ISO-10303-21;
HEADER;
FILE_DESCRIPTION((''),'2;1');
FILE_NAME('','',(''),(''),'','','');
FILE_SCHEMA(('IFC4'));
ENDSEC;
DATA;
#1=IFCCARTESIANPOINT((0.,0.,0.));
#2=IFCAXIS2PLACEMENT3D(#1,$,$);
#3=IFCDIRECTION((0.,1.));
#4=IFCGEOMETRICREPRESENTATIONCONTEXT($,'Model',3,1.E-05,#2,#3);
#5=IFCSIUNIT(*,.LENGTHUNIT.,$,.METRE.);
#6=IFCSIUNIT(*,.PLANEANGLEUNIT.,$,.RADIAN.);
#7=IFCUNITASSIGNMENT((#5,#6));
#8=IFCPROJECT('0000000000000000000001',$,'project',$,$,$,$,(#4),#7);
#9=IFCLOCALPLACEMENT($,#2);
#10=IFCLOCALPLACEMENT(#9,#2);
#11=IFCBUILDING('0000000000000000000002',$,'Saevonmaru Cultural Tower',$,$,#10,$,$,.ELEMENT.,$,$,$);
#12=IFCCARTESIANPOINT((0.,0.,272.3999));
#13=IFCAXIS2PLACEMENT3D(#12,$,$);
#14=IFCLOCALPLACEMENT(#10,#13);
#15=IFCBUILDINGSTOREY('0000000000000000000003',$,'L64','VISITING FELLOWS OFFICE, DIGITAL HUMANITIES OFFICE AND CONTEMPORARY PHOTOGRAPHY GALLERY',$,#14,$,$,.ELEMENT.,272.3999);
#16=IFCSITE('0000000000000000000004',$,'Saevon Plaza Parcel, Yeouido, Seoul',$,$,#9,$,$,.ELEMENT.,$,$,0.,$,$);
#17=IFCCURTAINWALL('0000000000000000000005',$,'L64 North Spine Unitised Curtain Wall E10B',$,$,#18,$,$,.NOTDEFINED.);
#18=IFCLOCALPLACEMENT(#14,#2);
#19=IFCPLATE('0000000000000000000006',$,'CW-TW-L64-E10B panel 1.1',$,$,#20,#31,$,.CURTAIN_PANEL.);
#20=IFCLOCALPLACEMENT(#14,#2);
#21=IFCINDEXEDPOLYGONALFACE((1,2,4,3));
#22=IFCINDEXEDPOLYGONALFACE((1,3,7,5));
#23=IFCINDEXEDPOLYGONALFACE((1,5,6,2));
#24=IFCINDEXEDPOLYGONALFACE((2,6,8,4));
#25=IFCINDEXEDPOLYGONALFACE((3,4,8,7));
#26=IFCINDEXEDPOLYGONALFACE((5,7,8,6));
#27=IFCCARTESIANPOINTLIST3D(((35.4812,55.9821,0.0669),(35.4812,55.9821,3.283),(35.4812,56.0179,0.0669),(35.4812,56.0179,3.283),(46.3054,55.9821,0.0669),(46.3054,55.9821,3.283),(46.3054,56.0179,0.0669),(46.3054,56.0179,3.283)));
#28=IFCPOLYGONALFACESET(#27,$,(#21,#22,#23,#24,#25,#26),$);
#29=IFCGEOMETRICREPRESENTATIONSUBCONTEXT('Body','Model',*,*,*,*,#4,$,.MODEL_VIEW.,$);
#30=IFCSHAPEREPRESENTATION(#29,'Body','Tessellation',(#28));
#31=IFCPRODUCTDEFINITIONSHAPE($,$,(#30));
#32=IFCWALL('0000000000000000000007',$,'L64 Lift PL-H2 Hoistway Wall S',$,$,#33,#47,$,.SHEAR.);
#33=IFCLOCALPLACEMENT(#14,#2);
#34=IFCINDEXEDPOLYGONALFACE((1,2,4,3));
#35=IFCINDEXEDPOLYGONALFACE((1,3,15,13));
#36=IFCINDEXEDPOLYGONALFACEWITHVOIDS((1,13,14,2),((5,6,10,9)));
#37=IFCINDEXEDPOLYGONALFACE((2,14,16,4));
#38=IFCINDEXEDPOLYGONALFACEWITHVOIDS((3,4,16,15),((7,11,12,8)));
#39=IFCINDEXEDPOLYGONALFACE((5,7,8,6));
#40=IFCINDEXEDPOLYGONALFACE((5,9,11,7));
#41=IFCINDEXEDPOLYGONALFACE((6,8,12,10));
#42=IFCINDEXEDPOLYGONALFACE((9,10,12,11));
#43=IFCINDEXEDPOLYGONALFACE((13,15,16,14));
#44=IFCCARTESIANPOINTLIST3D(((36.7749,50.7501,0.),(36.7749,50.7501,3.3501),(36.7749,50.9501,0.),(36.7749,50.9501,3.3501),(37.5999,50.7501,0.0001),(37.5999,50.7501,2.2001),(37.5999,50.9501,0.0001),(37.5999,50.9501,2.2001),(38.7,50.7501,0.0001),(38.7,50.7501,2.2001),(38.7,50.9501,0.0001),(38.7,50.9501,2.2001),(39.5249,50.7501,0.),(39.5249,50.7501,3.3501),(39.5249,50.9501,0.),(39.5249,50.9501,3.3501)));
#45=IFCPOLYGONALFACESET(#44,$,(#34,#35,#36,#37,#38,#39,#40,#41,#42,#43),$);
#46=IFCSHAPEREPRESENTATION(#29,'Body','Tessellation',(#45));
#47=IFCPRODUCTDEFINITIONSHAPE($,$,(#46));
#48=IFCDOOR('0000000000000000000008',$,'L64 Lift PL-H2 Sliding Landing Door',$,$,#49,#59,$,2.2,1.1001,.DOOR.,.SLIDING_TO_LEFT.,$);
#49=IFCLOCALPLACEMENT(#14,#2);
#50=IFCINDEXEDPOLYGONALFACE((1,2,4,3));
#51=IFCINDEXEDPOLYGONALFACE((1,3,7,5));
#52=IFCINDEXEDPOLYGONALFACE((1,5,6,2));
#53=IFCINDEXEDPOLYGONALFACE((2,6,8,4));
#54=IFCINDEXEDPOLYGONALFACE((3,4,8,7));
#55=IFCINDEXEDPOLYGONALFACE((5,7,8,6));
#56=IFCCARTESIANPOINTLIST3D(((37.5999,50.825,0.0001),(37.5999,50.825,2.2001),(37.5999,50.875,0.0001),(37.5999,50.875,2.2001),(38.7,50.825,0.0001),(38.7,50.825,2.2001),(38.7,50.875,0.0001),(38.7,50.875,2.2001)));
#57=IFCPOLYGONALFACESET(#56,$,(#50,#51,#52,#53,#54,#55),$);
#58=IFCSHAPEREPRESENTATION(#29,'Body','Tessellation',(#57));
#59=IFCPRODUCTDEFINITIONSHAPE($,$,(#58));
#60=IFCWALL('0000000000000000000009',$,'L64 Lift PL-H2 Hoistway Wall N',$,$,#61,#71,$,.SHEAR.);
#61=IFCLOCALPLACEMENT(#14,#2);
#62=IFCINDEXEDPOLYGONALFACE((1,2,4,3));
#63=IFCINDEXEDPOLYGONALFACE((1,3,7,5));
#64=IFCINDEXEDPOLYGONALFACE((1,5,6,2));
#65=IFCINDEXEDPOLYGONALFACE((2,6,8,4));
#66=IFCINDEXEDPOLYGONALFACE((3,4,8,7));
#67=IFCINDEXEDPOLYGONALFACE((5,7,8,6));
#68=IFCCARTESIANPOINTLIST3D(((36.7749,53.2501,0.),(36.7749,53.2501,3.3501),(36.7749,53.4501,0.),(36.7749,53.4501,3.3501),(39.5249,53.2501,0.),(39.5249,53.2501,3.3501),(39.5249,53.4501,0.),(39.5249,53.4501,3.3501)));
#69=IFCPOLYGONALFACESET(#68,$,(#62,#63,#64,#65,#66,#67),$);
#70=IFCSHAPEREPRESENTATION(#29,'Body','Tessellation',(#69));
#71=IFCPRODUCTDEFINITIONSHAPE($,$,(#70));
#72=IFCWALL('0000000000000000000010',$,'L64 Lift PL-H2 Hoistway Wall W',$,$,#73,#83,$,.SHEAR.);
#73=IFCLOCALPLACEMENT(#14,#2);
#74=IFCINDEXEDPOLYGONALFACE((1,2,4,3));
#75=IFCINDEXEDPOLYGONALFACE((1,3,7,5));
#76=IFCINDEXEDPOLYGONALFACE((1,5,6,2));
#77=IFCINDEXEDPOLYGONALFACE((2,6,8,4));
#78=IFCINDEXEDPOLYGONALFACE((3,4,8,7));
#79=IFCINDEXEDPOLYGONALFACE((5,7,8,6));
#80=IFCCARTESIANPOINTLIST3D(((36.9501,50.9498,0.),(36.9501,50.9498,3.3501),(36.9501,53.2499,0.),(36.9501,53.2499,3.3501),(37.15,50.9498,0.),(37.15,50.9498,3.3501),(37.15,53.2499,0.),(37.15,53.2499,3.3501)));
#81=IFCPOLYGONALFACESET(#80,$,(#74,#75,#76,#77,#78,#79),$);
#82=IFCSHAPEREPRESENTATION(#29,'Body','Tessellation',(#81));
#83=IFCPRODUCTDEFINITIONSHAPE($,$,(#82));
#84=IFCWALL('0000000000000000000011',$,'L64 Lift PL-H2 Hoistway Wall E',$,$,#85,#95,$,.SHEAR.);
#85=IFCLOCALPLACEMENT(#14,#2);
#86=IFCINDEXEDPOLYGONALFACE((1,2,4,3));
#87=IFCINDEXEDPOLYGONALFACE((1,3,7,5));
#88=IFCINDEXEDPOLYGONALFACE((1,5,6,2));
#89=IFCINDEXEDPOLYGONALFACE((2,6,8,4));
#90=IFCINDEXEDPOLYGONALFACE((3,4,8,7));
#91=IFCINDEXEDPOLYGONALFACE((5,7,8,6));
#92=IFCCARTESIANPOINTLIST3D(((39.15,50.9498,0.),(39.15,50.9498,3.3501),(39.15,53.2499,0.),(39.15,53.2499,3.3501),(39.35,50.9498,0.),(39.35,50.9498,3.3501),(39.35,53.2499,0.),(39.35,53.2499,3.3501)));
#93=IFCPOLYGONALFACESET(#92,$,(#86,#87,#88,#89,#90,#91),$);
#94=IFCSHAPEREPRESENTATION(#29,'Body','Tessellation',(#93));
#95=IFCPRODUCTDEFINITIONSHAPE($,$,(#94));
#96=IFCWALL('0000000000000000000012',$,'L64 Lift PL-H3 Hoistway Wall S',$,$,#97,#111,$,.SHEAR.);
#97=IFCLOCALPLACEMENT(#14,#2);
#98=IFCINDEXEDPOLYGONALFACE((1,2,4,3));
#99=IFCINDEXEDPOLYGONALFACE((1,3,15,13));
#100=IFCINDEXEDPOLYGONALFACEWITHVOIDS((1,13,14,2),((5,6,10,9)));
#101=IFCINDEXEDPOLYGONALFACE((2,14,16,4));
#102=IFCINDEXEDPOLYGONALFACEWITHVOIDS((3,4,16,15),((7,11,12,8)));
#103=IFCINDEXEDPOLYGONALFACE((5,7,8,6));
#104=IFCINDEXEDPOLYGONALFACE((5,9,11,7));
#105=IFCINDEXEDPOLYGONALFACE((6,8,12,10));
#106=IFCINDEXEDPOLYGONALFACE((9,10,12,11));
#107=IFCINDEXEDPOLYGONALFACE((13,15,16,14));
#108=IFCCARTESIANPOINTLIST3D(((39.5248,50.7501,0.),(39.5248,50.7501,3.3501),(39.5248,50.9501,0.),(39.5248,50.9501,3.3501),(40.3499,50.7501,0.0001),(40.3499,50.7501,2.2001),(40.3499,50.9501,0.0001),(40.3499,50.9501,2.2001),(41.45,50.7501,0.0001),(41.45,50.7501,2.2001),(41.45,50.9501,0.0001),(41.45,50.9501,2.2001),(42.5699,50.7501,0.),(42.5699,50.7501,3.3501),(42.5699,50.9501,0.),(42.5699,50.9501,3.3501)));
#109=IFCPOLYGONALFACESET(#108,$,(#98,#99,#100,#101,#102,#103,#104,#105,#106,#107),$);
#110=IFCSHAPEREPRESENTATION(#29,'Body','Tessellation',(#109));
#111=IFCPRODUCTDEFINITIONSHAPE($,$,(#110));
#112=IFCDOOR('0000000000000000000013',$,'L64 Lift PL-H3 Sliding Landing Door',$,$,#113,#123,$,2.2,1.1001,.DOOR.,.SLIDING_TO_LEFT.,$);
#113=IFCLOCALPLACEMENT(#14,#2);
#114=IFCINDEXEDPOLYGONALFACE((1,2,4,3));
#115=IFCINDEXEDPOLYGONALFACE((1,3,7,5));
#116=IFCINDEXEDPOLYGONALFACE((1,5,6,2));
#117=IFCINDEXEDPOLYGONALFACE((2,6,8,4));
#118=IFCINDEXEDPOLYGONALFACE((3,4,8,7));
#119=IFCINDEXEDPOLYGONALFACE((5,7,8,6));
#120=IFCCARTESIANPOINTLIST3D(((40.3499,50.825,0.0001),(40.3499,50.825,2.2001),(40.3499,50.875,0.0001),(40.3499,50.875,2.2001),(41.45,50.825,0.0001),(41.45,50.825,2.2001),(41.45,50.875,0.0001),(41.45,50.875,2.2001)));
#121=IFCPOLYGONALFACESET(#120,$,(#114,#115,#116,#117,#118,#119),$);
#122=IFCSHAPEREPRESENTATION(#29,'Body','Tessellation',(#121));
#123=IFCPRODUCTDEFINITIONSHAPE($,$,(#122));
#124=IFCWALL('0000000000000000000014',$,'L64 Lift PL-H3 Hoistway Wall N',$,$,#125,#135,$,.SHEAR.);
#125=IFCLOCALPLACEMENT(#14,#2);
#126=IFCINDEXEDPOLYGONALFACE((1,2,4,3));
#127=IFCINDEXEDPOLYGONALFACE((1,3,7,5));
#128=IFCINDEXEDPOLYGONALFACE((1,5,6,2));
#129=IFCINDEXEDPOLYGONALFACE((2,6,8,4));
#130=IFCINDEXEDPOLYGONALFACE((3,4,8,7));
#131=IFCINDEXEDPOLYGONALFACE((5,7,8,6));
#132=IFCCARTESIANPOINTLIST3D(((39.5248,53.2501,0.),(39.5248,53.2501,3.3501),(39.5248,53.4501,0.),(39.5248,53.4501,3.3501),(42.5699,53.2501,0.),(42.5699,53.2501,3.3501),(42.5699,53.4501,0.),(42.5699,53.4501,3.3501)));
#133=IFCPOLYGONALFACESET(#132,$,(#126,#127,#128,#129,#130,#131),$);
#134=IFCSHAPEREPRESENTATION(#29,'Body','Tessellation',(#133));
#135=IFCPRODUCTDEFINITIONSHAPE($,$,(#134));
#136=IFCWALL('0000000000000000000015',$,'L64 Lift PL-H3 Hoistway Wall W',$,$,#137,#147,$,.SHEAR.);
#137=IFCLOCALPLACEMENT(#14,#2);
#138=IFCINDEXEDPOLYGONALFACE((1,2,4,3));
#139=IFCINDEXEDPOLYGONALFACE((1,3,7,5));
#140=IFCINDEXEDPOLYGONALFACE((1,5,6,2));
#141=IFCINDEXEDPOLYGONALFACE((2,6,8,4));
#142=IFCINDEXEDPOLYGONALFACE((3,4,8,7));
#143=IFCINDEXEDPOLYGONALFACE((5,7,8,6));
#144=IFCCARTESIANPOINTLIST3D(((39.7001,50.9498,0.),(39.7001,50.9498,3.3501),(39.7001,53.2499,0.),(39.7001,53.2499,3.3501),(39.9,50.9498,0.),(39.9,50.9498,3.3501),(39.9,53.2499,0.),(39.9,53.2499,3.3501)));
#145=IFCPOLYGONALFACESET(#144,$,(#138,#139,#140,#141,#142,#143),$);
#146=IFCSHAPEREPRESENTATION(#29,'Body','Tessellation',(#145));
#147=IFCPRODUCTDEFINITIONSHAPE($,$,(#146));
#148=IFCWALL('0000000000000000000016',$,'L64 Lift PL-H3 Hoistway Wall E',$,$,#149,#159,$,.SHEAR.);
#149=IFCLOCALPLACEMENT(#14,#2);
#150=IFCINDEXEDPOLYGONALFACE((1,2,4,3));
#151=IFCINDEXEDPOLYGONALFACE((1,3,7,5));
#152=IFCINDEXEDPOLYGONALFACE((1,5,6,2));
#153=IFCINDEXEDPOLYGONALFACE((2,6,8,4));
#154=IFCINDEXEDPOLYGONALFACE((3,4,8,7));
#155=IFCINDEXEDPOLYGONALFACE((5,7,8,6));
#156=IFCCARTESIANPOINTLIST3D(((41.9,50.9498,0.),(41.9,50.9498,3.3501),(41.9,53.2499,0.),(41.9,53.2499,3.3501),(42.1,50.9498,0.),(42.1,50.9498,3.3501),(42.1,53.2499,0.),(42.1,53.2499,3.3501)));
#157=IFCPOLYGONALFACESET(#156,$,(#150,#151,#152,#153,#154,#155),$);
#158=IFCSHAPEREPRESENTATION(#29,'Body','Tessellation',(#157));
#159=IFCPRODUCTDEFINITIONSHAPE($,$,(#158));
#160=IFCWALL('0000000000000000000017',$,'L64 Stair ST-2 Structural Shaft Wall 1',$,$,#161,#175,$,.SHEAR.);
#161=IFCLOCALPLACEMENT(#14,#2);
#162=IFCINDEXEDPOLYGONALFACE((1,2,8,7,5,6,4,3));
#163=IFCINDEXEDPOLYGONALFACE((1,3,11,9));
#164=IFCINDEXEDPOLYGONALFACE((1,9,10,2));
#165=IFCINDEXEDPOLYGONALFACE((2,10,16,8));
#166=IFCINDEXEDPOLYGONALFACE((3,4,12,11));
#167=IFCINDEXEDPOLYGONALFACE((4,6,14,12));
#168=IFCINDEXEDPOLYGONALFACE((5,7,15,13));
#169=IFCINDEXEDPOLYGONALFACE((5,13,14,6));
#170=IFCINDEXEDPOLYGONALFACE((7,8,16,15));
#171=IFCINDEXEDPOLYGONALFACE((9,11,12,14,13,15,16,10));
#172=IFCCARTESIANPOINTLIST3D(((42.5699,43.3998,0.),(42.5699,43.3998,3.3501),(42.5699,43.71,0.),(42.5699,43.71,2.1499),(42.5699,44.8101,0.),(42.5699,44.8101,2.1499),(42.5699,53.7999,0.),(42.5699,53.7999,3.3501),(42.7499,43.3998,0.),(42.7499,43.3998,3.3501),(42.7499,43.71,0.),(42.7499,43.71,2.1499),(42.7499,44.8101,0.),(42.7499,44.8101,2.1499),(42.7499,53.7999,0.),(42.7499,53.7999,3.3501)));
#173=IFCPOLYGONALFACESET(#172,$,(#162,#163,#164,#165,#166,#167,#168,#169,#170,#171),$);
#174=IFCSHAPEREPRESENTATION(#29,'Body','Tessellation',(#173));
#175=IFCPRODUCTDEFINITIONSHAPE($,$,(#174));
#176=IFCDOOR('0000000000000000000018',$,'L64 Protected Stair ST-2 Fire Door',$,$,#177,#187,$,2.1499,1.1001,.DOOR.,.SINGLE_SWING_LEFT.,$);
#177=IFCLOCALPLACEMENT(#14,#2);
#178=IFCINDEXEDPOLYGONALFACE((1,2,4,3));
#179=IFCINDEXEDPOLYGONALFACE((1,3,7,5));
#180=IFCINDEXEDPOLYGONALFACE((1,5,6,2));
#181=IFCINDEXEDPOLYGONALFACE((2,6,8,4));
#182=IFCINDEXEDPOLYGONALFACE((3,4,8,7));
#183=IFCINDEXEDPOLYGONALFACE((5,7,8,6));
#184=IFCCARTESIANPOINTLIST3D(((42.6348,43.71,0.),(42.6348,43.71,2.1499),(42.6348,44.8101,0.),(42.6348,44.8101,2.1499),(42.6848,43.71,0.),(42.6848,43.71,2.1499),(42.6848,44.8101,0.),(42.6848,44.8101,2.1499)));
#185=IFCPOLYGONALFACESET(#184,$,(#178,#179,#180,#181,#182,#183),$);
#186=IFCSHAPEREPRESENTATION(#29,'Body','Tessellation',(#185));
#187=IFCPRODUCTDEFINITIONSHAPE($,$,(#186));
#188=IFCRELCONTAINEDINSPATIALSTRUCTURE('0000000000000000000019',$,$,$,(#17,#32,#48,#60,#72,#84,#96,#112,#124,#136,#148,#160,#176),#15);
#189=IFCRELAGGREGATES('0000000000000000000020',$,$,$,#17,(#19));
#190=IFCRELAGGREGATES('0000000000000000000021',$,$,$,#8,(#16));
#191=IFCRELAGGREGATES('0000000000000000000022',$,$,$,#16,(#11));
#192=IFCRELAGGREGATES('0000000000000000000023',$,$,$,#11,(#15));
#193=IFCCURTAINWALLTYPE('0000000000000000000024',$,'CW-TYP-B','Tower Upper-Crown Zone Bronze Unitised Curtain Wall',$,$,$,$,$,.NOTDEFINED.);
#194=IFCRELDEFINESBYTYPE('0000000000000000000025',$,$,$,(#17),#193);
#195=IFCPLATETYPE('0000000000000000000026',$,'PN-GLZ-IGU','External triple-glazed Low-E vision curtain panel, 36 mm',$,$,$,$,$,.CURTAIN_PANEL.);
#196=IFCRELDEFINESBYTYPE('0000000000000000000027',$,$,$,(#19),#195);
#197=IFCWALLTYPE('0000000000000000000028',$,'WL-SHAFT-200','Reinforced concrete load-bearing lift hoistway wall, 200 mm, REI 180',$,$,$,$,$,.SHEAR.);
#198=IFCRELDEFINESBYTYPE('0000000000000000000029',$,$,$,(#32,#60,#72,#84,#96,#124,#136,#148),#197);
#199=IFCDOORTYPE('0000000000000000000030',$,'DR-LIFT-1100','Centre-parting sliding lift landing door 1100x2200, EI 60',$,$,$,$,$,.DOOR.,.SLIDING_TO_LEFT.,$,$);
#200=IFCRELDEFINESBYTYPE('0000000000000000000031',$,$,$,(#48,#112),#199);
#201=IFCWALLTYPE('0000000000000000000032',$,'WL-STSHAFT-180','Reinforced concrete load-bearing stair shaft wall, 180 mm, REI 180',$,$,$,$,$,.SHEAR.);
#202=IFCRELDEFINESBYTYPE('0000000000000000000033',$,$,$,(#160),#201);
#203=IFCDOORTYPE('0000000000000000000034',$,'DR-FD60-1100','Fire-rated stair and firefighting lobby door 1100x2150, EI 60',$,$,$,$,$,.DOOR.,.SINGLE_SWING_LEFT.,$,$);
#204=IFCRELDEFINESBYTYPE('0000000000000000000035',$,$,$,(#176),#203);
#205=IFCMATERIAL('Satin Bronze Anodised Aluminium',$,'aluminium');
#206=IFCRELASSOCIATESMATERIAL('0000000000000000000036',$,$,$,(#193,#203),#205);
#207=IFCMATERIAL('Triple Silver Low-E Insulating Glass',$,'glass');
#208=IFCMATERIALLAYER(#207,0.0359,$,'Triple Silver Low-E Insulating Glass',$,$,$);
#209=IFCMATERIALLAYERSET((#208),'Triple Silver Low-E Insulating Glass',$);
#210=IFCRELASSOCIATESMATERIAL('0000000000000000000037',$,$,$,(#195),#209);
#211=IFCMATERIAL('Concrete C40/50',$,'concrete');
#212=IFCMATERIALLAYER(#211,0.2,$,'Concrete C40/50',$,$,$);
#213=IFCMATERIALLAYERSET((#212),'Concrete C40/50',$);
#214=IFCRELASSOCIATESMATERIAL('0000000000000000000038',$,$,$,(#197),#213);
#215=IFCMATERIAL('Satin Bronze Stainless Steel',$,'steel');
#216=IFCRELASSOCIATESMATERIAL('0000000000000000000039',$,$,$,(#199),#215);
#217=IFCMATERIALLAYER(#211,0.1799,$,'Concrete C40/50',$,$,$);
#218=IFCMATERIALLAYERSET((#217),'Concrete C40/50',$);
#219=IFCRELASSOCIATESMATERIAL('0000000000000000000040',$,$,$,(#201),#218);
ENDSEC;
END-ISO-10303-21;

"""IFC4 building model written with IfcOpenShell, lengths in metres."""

from ifc_helpers import new_model, si_unit, direction, frame, frame_2d, origin, origin_2d, place, context, subcontext, project, spatial, rectangle, extrude, material, layer, layer_set, type_object, element, fill, aggregate, save


model = new_model("IFC4")

# Units and contexts
model_context = context("Model", 3, precision=1e-05, world=origin(), true_north=direction((0.0, 1.0)))
body_context = subcontext(model_context, "Body", "Model", "MODEL_VIEW")
ifc_project = project(units=[si_unit("LENGTHUNIT", "METRE"), si_unit("PLANEANGLEUNIT", "RADIAN")], contexts=[model_context])

# Site, building, storey
site_placement = place(None, origin())
site = spatial("IfcSite", under=ifc_project, at=site_placement, Name="Saevon Plaza Parcel, Yeouido, Seoul", CompositionType="ELEMENT", RefElevation=0.0)
building_placement = place(site_placement, origin())
building = spatial("IfcBuilding", under=site, at=building_placement, Name="Saevonmaru Cultural Tower", CompositionType="ELEMENT")
storey_placement = place(building_placement, frame((0.0, 0.0, 272.3999)))
storey = spatial("IfcBuildingStorey", under=building, at=storey_placement, Name="L64", Description="VISITING FELLOWS OFFICE, DIGITAL HUMANITIES OFFICE AND CONTEMPORARY PHOTOGRAPHY GALLERY", CompositionType="ELEMENT", Elevation=272.3999)

# Curtain wall, plate
ifc_material_1 = material(Name="Satin Bronze Anodised Aluminium", Category="aluminium")
curtain_wall_type = type_object("IfcCurtainWallType", Name="CW-TYP-B", Description="Tower Upper-Crown Zone Bronze Unitised Curtain Wall", PredefinedType="NOTDEFINED", material=ifc_material_1)
curtain_wall_placement = place(storey_placement, origin())
curtain_wall = element("IfcCurtainWall", 1, at=curtain_wall_placement, inside=storey, type_object=curtain_wall_type, Name="L64 North Spine Unitised Curtain Wall E10B", PredefinedType="NOTDEFINED")
ifc_material_2 = material(Name="Triple Silver Low-E Insulating Glass", Category="glass")
ifc_layer_1 = layer(ifc_material_2, 0.0359, Name="Triple Silver Low-E Insulating Glass")
ifc_layer_set_1 = layer_set([ifc_layer_1], Name="Triple Silver Low-E Insulating Glass")
plate_type = type_object("IfcPlateType", Name="PN-GLZ-IGU", Description="External triple-glazed Low-E vision curtain panel, 36 mm", PredefinedType="CURTAIN_PANEL", material=ifc_layer_set_1)
plate_placement = place(storey_placement, frame((40.8933, 56.0, 0.0669), z_axis=(0.0, 0.0, 1.0), x_axis=(-1.0, 0.0, 0.0)))
plate = element("IfcPlate", 2, at=plate_placement, type_object=plate_type, Name="CW-TW-L64-E10B panel 1.1", PredefinedType="CURTAIN_PANEL", context=body_context, shape_type="SweptSolid", body=[
    extrude(rectangle(XDim=10.8242, YDim=0.0359, at=origin_2d()), origin(), (0.0, 0.0, 1.0), 3.2161),
])
aggregate(curtain_wall, [plate])

# Wall, opening, door
ifc_material_3 = material(Name="Concrete C40/50", Category="concrete")
ifc_layer_2 = layer(ifc_material_3, 0.2, Name="Concrete C40/50")
ifc_layer_set_2 = layer_set([ifc_layer_2], Name="Concrete C40/50")
wall_type_1 = type_object("IfcWallType", Name="WL-SHAFT-200", Description="Reinforced concrete load-bearing lift hoistway wall, 200 mm, REI 180", PredefinedType="SHEAR", material=ifc_layer_set_2)
wall_1_placement = place(storey_placement, frame((36.7749, 50.8501, 0.0), z_axis=(0.0, 0.0, 1.0), x_axis=(1.0, 0.0, 0.0)))
wall_1 = element("IfcWall", 3, at=wall_1_placement, inside=storey, type_object=wall_type_1, Name="L64 Lift PL-H2 Hoistway Wall S", PredefinedType="SHEAR", context=body_context, shape_type="SweptSolid", body=[
    extrude(rectangle(XDim=2.75, YDim=0.2, at=frame_2d((1.375, 0.0))), origin(), (0.0, 0.0, 1.0), 3.3501),
])
opening_1_placement = place(wall_1_placement, frame((0.825, 0.0, 0.0)))
opening_1 = element("IfcOpeningElement", 4, at=opening_1_placement, cuts=wall_1, PredefinedType="OPENING", context=body_context, shape_type="SweptSolid", body=[
    extrude(rectangle(XDim=1.1001, YDim=2.2, at=frame_2d((0.55, 1.1001))), frame((0.0, 0.1099, 0.0), z_axis=(0.0, -1.0, 0.0), x_axis=(1.0, 0.0, 0.0)), (0.0, 0.0, 1.0), 0.22),
])
ifc_material_4 = material(Name="Satin Bronze Stainless Steel", Category="steel")
door_type_1 = type_object("IfcDoorType", Name="DR-LIFT-1100", Description="Centre-parting sliding lift landing door 1100x2200, EI 60", OperationType="SLIDING_TO_LEFT", PredefinedType="DOOR", material=ifc_material_4)
door_1_placement = place(opening_1_placement, origin())
door_1 = element("IfcDoor", 5, at=door_1_placement, inside=storey, type_object=door_type_1, Name="L64 Lift PL-H2 Sliding Landing Door", OperationType="SLIDING_TO_LEFT", OverallHeight=2.2, OverallWidth=1.1001, PredefinedType="DOOR", context=body_context, shape_type="SweptSolid", body=[
    extrude(rectangle(XDim=1.1001, YDim=2.2, at=frame_2d((0.55, 1.1001))), frame((0.0, 0.0249, 0.0), z_axis=(0.0, -1.0, 0.0), x_axis=(1.0, 0.0, 0.0)), (0.0, 0.0, 1.0), 0.05),
])
fill(opening_1, door_1)

# Walls
wall_2_placement = place(storey_placement, frame((36.7749, 53.3501, 0.0), z_axis=(0.0, 0.0, 1.0), x_axis=(1.0, 0.0, 0.0)))
element("IfcWall", 6, at=wall_2_placement, inside=storey, type_object=wall_type_1, Name="L64 Lift PL-H2 Hoistway Wall N", PredefinedType="SHEAR", context=body_context, shape_type="SweptSolid", body=[
    extrude(rectangle(XDim=2.75, YDim=0.2, at=frame_2d((1.375, 0.0))), origin(), (0.0, 0.0, 1.0), 3.3501),
])
for number, where, z_axis, x_axis, name in (
    (7, (37.05, 50.95, 0.0), (0.0, 0.0, 1.0), (0.0, 1.0, 0.0), "L64 Lift PL-H2 Hoistway Wall W"),
    (8, (39.25, 50.95, 0.0), (0.0, 0.0, 1.0), (0.0, 1.0, 0.0), "L64 Lift PL-H2 Hoistway Wall E"),
):
    element("IfcWall", number, at=place(storey_placement, frame(where, z_axis=z_axis, x_axis=x_axis)), inside=storey, type_object=wall_type_1, Name=name, PredefinedType="SHEAR", context=body_context, shape_type="SweptSolid", body=[
        extrude(rectangle(XDim=2.3, YDim=0.2, at=frame_2d((1.1499, 0.0))), origin(), (0.0, 0.0, 1.0), 3.3501),
    ])

# Wall, opening, door
wall_3_placement = place(storey_placement, frame((39.5249, 50.8501, 0.0), z_axis=(0.0, 0.0, 1.0), x_axis=(1.0, 0.0, 0.0)))
wall_3 = element("IfcWall", 9, at=wall_3_placement, inside=storey, type_object=wall_type_1, Name="L64 Lift PL-H3 Hoistway Wall S", PredefinedType="SHEAR", context=body_context, shape_type="SweptSolid", body=[
    extrude(rectangle(XDim=3.0452, YDim=0.2, at=frame_2d((1.5225, 0.0))), origin(), (0.0, 0.0, 1.0), 3.3501),
])
opening_2_placement = place(wall_3_placement, frame((0.825, 0.0, 0.0)))
opening_2 = element("IfcOpeningElement", 10, at=opening_2_placement, cuts=wall_3, PredefinedType="OPENING", context=body_context, shape_type="SweptSolid", body=[
    extrude(rectangle(XDim=1.1001, YDim=2.2, at=frame_2d((0.55, 1.1001))), frame((0.0, 0.1099, 0.0), z_axis=(0.0, -1.0, 0.0), x_axis=(1.0, 0.0, 0.0)), (0.0, 0.0, 1.0), 0.22),
])
door_2_placement = place(opening_2_placement, origin())
door_2 = element("IfcDoor", 11, at=door_2_placement, inside=storey, type_object=door_type_1, Name="L64 Lift PL-H3 Sliding Landing Door", OperationType="SLIDING_TO_LEFT", OverallHeight=2.2, OverallWidth=1.1001, PredefinedType="DOOR", context=body_context, shape_type="SweptSolid", body=[
    extrude(rectangle(XDim=1.1001, YDim=2.2, at=frame_2d((0.55, 1.1001))), frame((0.0, 0.0249, 0.0), z_axis=(0.0, -1.0, 0.0), x_axis=(1.0, 0.0, 0.0)), (0.0, 0.0, 1.0), 0.05),
])
fill(opening_2, door_2)

# Walls
wall_4_placement = place(storey_placement, frame((39.5249, 53.3501, 0.0), z_axis=(0.0, 0.0, 1.0), x_axis=(1.0, 0.0, 0.0)))
element("IfcWall", 12, at=wall_4_placement, inside=storey, type_object=wall_type_1, Name="L64 Lift PL-H3 Hoistway Wall N", PredefinedType="SHEAR", context=body_context, shape_type="SweptSolid", body=[
    extrude(rectangle(XDim=3.0452, YDim=0.2, at=frame_2d((1.5225, 0.0))), origin(), (0.0, 0.0, 1.0), 3.3501),
])
for number, where, z_axis, x_axis, name in (
    (13, (39.8, 50.95, 0.0), (0.0, 0.0, 1.0), (0.0, 1.0, 0.0), "L64 Lift PL-H3 Hoistway Wall W"),
    (14, (42.0, 50.95, 0.0), (0.0, 0.0, 1.0), (0.0, 1.0, 0.0), "L64 Lift PL-H3 Hoistway Wall E"),
):
    element("IfcWall", number, at=place(storey_placement, frame(where, z_axis=z_axis, x_axis=x_axis)), inside=storey, type_object=wall_type_1, Name=name, PredefinedType="SHEAR", context=body_context, shape_type="SweptSolid", body=[
        extrude(rectangle(XDim=2.3, YDim=0.2, at=frame_2d((1.1499, 0.0))), origin(), (0.0, 0.0, 1.0), 3.3501),
    ])

# Wall, opening, door
ifc_layer_3 = layer(ifc_material_3, 0.1799, Name="Concrete C40/50")
ifc_layer_set_3 = layer_set([ifc_layer_3], Name="Concrete C40/50")
wall_type_2 = type_object("IfcWallType", Name="WL-STSHAFT-180", Description="Reinforced concrete load-bearing stair shaft wall, 180 mm, REI 180", PredefinedType="SHEAR", material=ifc_layer_set_3)
wall_5_placement = place(storey_placement, frame((42.6599, 53.8, 0.0), z_axis=(0.0, 0.0, 1.0), x_axis=(0.0, -1.0, 0.0)))
wall_5 = element("IfcWall", 15, at=wall_5_placement, inside=storey, type_object=wall_type_2, Name="L64 Stair ST-2 Structural Shaft Wall 1", PredefinedType="SHEAR", context=body_context, shape_type="SweptSolid", body=[
    extrude(rectangle(XDim=10.4001, YDim=0.1799, at=frame_2d((5.2002, 0.0))), origin(), (0.0, 0.0, 1.0), 3.3501),
])
opening_3_placement = place(wall_5_placement, frame((8.99, 0.0, 0.0)))
opening_3 = element("IfcOpeningElement", 16, at=opening_3_placement, cuts=wall_5, PredefinedType="OPENING", context=body_context, shape_type="SweptSolid", body=[
    extrude(rectangle(XDim=1.1001, YDim=2.1499, at=frame_2d((0.55, 1.075))), frame((0.0, 0.1001, 0.0), z_axis=(0.0, -1.0, 0.0), x_axis=(1.0, 0.0, 0.0)), (0.0, 0.0, 1.0), 0.2),
])
door_type_2 = type_object("IfcDoorType", Name="DR-FD60-1100", Description="Fire-rated stair and firefighting lobby door 1100x2150, EI 60", OperationType="SINGLE_SWING_LEFT", PredefinedType="DOOR", material=ifc_material_1)
door_3_placement = place(opening_3_placement, origin())
door_3 = element("IfcDoor", 17, at=door_3_placement, inside=storey, type_object=door_type_2, Name="L64 Protected Stair ST-2 Fire Door", OperationType="SINGLE_SWING_LEFT", OverallHeight=2.1499, OverallWidth=1.1001, PredefinedType="DOOR", context=body_context, shape_type="SweptSolid", body=[
    extrude(rectangle(XDim=1.1001, YDim=2.1499, at=frame_2d((0.55, 1.075))), frame((0.0, 0.0249, 0.0), z_axis=(0.0, -1.0, 0.0), x_axis=(1.0, 0.0, 0.0)), (0.0, 0.0, 1.0), 0.05),
])
fill(opening_3, door_3)

save(model, "model.ifc")
